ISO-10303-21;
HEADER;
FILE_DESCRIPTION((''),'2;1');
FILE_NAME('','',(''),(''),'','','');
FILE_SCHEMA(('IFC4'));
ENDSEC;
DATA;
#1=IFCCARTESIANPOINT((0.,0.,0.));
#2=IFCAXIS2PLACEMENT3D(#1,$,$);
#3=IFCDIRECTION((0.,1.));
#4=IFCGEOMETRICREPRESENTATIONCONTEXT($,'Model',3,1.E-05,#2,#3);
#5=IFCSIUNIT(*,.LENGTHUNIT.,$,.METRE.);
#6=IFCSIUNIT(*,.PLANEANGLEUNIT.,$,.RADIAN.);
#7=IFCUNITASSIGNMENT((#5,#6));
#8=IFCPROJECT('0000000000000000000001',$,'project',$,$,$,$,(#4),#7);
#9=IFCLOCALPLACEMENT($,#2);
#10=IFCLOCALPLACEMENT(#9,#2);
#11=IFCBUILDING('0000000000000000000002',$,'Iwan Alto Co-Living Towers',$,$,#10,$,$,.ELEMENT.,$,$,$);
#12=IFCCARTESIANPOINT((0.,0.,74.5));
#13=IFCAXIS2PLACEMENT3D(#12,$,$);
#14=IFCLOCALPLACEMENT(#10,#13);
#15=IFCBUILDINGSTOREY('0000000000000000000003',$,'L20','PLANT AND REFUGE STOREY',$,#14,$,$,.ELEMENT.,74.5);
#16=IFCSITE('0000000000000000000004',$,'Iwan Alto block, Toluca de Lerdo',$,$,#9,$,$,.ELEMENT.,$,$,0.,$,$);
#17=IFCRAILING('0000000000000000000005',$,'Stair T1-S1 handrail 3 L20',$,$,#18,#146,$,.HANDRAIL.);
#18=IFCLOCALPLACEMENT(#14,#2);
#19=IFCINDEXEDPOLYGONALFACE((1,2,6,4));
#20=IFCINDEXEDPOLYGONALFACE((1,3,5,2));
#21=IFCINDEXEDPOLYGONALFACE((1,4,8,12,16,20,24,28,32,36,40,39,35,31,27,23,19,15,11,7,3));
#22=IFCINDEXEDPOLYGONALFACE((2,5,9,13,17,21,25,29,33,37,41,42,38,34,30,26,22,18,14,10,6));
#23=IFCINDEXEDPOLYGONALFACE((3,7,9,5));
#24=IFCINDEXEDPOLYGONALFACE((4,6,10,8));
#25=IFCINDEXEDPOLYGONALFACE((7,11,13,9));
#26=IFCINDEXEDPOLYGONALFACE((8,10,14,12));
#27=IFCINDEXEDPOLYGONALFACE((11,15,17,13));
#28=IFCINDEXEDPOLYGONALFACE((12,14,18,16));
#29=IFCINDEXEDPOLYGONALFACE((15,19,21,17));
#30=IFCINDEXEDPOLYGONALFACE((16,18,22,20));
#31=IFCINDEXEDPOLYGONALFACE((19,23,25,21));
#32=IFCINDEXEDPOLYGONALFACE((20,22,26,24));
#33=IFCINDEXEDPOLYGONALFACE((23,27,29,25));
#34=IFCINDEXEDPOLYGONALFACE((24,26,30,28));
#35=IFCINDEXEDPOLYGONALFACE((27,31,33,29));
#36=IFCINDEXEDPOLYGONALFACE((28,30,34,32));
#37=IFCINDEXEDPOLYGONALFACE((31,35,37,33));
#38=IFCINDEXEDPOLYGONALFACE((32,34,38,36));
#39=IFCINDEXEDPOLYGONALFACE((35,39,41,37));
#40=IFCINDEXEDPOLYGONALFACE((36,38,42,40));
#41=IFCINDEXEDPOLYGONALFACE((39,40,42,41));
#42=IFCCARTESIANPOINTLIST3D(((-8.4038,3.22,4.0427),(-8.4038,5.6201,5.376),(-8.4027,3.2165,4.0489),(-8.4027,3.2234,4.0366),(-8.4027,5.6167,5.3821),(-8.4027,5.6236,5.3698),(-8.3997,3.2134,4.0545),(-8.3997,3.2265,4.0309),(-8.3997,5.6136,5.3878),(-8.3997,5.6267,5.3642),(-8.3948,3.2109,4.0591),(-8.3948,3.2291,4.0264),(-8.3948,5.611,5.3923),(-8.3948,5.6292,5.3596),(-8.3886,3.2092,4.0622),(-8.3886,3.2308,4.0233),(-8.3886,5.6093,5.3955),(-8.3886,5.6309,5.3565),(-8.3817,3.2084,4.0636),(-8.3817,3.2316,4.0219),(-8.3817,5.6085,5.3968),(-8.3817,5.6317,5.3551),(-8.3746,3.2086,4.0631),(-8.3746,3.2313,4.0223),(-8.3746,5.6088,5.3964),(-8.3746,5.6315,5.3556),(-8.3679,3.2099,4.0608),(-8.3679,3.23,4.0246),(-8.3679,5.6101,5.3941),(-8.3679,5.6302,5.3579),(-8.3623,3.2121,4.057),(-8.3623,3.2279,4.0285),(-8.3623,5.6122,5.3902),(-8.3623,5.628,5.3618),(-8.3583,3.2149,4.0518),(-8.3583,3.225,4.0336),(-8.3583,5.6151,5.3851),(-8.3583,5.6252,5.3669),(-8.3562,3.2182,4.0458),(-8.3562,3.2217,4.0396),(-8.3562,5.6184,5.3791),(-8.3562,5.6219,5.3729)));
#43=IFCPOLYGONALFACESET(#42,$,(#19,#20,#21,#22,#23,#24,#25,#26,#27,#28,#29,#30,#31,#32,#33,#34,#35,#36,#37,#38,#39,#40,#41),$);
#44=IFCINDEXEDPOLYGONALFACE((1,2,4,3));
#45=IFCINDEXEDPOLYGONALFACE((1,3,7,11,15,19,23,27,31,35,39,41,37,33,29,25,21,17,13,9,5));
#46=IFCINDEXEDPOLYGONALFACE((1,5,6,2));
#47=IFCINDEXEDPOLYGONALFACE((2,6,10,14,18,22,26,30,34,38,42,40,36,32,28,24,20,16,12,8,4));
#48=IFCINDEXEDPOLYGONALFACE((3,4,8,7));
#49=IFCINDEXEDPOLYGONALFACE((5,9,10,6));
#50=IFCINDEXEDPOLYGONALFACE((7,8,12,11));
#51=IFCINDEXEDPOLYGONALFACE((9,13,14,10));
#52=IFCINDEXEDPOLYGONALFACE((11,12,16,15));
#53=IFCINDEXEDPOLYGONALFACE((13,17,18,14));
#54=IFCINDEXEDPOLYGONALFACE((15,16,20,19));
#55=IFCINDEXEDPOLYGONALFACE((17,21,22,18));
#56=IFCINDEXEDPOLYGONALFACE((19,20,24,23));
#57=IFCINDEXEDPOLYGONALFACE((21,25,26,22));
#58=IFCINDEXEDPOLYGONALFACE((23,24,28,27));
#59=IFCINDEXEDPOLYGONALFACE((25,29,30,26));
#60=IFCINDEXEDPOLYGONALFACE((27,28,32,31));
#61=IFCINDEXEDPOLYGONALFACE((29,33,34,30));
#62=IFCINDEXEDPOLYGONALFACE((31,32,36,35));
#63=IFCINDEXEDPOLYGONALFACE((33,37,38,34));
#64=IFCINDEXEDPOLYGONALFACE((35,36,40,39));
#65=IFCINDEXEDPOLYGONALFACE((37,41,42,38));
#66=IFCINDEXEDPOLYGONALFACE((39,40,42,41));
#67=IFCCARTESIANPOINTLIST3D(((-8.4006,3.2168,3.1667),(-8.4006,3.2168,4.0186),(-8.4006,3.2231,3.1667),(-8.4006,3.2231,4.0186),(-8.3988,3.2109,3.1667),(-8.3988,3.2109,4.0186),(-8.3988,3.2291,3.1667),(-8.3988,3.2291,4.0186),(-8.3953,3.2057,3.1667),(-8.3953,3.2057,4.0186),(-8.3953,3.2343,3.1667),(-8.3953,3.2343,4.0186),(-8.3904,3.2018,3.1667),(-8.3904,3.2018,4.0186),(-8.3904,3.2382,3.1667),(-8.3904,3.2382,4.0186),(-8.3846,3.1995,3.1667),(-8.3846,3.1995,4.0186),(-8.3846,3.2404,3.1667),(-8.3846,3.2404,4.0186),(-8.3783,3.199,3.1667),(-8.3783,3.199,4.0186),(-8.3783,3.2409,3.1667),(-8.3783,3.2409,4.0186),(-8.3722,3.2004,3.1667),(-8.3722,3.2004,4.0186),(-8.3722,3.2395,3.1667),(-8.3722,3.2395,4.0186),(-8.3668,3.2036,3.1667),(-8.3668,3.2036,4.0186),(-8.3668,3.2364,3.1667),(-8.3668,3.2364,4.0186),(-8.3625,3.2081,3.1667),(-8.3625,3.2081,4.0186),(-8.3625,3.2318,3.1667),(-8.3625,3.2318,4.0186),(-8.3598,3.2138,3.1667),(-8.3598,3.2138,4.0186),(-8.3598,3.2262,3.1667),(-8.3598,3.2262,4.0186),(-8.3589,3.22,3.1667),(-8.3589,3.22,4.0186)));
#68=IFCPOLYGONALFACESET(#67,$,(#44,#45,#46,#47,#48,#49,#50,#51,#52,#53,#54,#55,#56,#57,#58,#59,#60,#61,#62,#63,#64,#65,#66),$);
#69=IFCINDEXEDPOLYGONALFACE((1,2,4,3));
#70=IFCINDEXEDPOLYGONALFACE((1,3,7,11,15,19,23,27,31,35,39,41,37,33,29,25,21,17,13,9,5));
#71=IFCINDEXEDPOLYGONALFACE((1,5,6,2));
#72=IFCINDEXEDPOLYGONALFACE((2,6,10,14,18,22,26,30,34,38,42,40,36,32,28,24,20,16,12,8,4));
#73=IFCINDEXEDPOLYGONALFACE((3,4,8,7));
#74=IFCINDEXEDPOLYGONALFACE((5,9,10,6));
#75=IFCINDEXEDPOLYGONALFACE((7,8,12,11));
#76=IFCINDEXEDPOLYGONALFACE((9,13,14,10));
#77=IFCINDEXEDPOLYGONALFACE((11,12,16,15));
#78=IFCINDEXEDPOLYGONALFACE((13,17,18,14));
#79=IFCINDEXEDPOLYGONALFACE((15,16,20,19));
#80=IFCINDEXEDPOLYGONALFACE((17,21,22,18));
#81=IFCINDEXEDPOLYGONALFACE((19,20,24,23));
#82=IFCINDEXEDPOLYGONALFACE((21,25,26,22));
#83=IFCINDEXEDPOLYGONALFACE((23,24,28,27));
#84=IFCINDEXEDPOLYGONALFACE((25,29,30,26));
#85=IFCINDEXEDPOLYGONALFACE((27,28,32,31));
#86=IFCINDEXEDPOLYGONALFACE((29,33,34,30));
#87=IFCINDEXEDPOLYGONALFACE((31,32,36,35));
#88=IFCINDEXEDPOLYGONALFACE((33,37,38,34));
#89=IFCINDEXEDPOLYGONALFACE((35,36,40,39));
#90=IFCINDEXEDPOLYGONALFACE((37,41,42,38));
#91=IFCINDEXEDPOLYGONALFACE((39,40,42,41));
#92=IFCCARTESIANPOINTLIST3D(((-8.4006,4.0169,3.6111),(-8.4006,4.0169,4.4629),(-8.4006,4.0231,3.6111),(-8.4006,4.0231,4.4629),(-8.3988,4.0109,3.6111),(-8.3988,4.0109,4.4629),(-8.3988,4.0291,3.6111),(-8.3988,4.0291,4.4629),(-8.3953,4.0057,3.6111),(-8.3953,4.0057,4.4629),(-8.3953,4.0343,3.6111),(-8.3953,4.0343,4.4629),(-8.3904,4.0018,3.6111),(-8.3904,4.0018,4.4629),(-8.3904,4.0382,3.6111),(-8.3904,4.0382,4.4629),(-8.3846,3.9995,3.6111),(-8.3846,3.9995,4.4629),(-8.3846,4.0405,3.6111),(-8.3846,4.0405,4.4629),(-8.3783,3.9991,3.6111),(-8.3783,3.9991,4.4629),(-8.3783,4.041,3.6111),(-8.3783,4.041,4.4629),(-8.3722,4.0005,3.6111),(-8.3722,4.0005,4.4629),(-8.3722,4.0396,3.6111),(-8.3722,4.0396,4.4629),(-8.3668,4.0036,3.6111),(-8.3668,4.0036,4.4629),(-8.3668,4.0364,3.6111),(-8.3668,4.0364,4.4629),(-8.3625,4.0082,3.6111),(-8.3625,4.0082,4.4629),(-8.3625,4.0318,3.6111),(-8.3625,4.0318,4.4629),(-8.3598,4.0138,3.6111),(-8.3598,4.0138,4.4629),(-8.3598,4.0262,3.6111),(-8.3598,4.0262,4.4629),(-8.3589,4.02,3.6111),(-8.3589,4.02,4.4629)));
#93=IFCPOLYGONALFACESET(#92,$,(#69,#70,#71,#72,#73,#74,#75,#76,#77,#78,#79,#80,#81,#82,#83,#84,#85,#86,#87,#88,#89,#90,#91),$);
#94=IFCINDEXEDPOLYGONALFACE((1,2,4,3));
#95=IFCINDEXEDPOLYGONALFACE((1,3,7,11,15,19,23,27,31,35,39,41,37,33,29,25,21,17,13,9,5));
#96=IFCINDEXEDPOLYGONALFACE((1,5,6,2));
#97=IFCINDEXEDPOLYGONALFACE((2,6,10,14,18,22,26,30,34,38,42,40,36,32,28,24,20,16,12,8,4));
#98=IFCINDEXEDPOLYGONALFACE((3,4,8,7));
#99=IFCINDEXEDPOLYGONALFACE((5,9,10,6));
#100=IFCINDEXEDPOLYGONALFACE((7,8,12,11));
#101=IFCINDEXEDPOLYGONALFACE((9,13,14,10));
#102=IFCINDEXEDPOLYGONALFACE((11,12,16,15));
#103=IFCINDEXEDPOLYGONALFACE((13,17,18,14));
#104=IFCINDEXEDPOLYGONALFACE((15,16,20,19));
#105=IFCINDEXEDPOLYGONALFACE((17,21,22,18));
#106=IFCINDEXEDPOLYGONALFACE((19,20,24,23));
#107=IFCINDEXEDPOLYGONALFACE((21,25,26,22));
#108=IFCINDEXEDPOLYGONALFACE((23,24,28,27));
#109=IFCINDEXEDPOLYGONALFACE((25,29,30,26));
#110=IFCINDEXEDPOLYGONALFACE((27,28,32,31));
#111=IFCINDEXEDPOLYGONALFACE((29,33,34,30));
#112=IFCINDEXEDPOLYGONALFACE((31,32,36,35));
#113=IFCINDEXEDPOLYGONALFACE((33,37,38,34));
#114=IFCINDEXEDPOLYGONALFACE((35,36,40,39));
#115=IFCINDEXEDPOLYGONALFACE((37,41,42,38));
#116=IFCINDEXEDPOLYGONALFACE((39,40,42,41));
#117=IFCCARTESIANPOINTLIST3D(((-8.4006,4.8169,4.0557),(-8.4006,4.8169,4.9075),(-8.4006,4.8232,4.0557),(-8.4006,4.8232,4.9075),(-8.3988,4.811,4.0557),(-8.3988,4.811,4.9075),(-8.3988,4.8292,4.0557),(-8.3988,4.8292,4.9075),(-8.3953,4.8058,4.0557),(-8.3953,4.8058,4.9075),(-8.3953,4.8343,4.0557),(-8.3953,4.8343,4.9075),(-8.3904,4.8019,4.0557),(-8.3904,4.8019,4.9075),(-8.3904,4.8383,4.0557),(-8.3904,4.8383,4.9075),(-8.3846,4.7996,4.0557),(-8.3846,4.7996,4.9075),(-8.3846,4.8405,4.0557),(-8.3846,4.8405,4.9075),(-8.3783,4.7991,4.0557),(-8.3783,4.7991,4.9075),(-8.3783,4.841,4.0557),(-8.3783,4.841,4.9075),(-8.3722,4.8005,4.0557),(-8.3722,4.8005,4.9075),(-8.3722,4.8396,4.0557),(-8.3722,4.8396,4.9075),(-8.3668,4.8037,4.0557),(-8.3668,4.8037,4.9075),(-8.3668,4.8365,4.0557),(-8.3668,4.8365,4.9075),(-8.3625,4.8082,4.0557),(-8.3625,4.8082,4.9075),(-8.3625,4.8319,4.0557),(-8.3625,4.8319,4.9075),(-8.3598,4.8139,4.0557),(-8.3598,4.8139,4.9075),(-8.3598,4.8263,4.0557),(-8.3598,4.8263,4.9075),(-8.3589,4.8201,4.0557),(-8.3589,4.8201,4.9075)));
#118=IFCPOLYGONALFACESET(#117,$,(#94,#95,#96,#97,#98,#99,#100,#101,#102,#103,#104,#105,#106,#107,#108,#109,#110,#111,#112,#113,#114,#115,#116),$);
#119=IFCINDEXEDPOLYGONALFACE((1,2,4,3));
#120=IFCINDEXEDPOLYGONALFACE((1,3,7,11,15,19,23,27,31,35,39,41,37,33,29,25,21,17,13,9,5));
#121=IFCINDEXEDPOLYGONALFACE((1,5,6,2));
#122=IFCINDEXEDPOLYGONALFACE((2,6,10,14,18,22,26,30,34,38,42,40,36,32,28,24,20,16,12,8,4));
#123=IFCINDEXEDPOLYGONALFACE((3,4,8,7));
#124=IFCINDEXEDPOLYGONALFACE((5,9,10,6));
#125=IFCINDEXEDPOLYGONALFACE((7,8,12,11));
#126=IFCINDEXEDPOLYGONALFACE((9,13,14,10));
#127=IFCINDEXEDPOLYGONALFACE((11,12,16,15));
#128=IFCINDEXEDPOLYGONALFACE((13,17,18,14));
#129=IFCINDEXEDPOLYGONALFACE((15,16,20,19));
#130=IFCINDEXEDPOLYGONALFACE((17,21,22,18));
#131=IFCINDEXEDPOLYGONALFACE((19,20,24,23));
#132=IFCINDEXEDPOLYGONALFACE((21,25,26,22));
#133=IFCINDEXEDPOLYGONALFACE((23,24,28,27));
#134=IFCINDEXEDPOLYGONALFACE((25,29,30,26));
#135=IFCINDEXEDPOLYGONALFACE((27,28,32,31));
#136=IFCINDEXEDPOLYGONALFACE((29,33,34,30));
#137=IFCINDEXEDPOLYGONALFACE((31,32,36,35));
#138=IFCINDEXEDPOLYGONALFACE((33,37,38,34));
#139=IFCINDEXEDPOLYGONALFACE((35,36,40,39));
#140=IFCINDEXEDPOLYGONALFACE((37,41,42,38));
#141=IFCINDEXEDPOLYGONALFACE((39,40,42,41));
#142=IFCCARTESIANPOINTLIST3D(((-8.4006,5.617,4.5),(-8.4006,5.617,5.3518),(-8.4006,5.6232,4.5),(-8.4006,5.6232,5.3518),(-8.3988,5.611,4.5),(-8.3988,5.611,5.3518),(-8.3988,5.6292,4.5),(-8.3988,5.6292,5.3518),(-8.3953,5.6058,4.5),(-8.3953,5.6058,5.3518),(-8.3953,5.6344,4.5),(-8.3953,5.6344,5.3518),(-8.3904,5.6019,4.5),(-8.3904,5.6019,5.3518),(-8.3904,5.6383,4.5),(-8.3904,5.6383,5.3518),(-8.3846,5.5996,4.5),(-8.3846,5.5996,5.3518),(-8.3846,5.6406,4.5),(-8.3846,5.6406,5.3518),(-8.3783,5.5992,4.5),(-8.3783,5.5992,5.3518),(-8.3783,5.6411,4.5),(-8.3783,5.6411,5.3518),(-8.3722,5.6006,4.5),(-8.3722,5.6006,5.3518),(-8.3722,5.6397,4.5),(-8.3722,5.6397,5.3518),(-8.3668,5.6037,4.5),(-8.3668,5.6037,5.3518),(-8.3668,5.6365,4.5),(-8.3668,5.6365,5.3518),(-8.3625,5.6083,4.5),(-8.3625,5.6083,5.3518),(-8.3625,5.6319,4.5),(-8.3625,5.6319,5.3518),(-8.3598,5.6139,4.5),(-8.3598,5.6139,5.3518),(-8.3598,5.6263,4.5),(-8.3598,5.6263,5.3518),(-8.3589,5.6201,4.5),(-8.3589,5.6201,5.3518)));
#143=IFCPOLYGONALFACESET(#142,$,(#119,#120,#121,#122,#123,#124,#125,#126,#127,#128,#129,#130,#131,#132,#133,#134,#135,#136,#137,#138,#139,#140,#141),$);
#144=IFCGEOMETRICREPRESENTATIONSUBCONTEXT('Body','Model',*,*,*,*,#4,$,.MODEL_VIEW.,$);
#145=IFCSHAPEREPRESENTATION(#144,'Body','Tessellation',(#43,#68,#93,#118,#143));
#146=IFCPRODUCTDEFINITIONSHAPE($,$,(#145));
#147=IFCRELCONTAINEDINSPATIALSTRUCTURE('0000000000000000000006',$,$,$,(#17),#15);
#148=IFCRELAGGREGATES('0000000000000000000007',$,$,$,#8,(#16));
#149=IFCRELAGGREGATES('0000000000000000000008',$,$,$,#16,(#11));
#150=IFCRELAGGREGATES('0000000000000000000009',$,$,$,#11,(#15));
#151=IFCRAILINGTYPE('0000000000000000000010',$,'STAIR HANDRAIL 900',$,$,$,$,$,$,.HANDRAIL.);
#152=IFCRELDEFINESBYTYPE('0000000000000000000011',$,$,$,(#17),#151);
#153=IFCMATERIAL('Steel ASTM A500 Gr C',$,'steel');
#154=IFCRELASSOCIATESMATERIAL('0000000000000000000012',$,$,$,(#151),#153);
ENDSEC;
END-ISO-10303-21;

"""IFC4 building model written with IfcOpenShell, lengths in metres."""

from ifc_helpers import new_model, si_unit, direction, frame, origin, origin_2d, place, context, subcontext, project, spatial, circle, extrude, material, type_object, element, save


model = new_model("IFC4")

# Units and contexts
model_context = context("Model", 3, precision=1e-05, world=origin(), true_north=direction((0.0, 1.0)))
body_context = subcontext(model_context, "Body", "Model", "MODEL_VIEW")
ifc_project = project(units=[si_unit("LENGTHUNIT", "METRE"), si_unit("PLANEANGLEUNIT", "RADIAN")], contexts=[model_context])

# Site, building, storey
site_placement = place(None, origin())
site = spatial("IfcSite", under=ifc_project, at=site_placement, Name="Iwan Alto block, Toluca de Lerdo", CompositionType="ELEMENT", RefElevation=0.0)
building_placement = place(site_placement, origin())
building = spatial("IfcBuilding", under=site, at=building_placement, Name="Iwan Alto Co-Living Towers", CompositionType="ELEMENT")
storey_placement = place(building_placement, frame((0.0, 0.0, 74.5)))
storey = spatial("IfcBuildingStorey", under=building, at=storey_placement, Name="L20", Description="PLANT AND REFUGE STOREY", CompositionType="ELEMENT", Elevation=74.5)

# Railing
ifc_material_1 = material(Name="Steel ASTM A500 Gr C", Category="steel")
railing_type_1 = type_object("IfcRailingType", Name="STAIR HANDRAIL 900", PredefinedType="HANDRAIL", material=ifc_material_1)
railing_1_placement = place(storey_placement, frame((-8.3799, 3.22, 3.1667)))
element("IfcRailing", 1, at=railing_1_placement, inside=storey, type_object=railing_type_1, Name="Stair T1-S1 handrail 3 L20", PredefinedType="HANDRAIL", context=body_context, shape_type="SweptSolid", body=[
    extrude(circle(Radius=0.0239, at=origin_2d()), frame((0.0, 0.0, 0.876), z_axis=(0.0, 0.874182, 0.485598), x_axis=(-1.0, 0.0, 0.0)), (0.0, 0.0, 1.0), 2.7456),
    extrude(circle(Radius=0.021, at=origin_2d()), origin(), (0.0, 0.0, 1.0), 0.8518),
    extrude(circle(Radius=0.021, at=origin_2d()), frame((0.0, 0.8, 0.4443)), (0.0, 0.0, 1.0), 0.8518),
    extrude(circle(Radius=0.021, at=origin_2d()), frame((0.0, 1.6001, 0.8889)), (0.0, 0.0, 1.0), 0.8518),
    extrude(circle(Radius=0.021, at=origin_2d()), frame((0.0, 2.4001, 1.3333)), (0.0, 0.0, 1.0), 0.8518),
])

save(model, "model.ifc")
